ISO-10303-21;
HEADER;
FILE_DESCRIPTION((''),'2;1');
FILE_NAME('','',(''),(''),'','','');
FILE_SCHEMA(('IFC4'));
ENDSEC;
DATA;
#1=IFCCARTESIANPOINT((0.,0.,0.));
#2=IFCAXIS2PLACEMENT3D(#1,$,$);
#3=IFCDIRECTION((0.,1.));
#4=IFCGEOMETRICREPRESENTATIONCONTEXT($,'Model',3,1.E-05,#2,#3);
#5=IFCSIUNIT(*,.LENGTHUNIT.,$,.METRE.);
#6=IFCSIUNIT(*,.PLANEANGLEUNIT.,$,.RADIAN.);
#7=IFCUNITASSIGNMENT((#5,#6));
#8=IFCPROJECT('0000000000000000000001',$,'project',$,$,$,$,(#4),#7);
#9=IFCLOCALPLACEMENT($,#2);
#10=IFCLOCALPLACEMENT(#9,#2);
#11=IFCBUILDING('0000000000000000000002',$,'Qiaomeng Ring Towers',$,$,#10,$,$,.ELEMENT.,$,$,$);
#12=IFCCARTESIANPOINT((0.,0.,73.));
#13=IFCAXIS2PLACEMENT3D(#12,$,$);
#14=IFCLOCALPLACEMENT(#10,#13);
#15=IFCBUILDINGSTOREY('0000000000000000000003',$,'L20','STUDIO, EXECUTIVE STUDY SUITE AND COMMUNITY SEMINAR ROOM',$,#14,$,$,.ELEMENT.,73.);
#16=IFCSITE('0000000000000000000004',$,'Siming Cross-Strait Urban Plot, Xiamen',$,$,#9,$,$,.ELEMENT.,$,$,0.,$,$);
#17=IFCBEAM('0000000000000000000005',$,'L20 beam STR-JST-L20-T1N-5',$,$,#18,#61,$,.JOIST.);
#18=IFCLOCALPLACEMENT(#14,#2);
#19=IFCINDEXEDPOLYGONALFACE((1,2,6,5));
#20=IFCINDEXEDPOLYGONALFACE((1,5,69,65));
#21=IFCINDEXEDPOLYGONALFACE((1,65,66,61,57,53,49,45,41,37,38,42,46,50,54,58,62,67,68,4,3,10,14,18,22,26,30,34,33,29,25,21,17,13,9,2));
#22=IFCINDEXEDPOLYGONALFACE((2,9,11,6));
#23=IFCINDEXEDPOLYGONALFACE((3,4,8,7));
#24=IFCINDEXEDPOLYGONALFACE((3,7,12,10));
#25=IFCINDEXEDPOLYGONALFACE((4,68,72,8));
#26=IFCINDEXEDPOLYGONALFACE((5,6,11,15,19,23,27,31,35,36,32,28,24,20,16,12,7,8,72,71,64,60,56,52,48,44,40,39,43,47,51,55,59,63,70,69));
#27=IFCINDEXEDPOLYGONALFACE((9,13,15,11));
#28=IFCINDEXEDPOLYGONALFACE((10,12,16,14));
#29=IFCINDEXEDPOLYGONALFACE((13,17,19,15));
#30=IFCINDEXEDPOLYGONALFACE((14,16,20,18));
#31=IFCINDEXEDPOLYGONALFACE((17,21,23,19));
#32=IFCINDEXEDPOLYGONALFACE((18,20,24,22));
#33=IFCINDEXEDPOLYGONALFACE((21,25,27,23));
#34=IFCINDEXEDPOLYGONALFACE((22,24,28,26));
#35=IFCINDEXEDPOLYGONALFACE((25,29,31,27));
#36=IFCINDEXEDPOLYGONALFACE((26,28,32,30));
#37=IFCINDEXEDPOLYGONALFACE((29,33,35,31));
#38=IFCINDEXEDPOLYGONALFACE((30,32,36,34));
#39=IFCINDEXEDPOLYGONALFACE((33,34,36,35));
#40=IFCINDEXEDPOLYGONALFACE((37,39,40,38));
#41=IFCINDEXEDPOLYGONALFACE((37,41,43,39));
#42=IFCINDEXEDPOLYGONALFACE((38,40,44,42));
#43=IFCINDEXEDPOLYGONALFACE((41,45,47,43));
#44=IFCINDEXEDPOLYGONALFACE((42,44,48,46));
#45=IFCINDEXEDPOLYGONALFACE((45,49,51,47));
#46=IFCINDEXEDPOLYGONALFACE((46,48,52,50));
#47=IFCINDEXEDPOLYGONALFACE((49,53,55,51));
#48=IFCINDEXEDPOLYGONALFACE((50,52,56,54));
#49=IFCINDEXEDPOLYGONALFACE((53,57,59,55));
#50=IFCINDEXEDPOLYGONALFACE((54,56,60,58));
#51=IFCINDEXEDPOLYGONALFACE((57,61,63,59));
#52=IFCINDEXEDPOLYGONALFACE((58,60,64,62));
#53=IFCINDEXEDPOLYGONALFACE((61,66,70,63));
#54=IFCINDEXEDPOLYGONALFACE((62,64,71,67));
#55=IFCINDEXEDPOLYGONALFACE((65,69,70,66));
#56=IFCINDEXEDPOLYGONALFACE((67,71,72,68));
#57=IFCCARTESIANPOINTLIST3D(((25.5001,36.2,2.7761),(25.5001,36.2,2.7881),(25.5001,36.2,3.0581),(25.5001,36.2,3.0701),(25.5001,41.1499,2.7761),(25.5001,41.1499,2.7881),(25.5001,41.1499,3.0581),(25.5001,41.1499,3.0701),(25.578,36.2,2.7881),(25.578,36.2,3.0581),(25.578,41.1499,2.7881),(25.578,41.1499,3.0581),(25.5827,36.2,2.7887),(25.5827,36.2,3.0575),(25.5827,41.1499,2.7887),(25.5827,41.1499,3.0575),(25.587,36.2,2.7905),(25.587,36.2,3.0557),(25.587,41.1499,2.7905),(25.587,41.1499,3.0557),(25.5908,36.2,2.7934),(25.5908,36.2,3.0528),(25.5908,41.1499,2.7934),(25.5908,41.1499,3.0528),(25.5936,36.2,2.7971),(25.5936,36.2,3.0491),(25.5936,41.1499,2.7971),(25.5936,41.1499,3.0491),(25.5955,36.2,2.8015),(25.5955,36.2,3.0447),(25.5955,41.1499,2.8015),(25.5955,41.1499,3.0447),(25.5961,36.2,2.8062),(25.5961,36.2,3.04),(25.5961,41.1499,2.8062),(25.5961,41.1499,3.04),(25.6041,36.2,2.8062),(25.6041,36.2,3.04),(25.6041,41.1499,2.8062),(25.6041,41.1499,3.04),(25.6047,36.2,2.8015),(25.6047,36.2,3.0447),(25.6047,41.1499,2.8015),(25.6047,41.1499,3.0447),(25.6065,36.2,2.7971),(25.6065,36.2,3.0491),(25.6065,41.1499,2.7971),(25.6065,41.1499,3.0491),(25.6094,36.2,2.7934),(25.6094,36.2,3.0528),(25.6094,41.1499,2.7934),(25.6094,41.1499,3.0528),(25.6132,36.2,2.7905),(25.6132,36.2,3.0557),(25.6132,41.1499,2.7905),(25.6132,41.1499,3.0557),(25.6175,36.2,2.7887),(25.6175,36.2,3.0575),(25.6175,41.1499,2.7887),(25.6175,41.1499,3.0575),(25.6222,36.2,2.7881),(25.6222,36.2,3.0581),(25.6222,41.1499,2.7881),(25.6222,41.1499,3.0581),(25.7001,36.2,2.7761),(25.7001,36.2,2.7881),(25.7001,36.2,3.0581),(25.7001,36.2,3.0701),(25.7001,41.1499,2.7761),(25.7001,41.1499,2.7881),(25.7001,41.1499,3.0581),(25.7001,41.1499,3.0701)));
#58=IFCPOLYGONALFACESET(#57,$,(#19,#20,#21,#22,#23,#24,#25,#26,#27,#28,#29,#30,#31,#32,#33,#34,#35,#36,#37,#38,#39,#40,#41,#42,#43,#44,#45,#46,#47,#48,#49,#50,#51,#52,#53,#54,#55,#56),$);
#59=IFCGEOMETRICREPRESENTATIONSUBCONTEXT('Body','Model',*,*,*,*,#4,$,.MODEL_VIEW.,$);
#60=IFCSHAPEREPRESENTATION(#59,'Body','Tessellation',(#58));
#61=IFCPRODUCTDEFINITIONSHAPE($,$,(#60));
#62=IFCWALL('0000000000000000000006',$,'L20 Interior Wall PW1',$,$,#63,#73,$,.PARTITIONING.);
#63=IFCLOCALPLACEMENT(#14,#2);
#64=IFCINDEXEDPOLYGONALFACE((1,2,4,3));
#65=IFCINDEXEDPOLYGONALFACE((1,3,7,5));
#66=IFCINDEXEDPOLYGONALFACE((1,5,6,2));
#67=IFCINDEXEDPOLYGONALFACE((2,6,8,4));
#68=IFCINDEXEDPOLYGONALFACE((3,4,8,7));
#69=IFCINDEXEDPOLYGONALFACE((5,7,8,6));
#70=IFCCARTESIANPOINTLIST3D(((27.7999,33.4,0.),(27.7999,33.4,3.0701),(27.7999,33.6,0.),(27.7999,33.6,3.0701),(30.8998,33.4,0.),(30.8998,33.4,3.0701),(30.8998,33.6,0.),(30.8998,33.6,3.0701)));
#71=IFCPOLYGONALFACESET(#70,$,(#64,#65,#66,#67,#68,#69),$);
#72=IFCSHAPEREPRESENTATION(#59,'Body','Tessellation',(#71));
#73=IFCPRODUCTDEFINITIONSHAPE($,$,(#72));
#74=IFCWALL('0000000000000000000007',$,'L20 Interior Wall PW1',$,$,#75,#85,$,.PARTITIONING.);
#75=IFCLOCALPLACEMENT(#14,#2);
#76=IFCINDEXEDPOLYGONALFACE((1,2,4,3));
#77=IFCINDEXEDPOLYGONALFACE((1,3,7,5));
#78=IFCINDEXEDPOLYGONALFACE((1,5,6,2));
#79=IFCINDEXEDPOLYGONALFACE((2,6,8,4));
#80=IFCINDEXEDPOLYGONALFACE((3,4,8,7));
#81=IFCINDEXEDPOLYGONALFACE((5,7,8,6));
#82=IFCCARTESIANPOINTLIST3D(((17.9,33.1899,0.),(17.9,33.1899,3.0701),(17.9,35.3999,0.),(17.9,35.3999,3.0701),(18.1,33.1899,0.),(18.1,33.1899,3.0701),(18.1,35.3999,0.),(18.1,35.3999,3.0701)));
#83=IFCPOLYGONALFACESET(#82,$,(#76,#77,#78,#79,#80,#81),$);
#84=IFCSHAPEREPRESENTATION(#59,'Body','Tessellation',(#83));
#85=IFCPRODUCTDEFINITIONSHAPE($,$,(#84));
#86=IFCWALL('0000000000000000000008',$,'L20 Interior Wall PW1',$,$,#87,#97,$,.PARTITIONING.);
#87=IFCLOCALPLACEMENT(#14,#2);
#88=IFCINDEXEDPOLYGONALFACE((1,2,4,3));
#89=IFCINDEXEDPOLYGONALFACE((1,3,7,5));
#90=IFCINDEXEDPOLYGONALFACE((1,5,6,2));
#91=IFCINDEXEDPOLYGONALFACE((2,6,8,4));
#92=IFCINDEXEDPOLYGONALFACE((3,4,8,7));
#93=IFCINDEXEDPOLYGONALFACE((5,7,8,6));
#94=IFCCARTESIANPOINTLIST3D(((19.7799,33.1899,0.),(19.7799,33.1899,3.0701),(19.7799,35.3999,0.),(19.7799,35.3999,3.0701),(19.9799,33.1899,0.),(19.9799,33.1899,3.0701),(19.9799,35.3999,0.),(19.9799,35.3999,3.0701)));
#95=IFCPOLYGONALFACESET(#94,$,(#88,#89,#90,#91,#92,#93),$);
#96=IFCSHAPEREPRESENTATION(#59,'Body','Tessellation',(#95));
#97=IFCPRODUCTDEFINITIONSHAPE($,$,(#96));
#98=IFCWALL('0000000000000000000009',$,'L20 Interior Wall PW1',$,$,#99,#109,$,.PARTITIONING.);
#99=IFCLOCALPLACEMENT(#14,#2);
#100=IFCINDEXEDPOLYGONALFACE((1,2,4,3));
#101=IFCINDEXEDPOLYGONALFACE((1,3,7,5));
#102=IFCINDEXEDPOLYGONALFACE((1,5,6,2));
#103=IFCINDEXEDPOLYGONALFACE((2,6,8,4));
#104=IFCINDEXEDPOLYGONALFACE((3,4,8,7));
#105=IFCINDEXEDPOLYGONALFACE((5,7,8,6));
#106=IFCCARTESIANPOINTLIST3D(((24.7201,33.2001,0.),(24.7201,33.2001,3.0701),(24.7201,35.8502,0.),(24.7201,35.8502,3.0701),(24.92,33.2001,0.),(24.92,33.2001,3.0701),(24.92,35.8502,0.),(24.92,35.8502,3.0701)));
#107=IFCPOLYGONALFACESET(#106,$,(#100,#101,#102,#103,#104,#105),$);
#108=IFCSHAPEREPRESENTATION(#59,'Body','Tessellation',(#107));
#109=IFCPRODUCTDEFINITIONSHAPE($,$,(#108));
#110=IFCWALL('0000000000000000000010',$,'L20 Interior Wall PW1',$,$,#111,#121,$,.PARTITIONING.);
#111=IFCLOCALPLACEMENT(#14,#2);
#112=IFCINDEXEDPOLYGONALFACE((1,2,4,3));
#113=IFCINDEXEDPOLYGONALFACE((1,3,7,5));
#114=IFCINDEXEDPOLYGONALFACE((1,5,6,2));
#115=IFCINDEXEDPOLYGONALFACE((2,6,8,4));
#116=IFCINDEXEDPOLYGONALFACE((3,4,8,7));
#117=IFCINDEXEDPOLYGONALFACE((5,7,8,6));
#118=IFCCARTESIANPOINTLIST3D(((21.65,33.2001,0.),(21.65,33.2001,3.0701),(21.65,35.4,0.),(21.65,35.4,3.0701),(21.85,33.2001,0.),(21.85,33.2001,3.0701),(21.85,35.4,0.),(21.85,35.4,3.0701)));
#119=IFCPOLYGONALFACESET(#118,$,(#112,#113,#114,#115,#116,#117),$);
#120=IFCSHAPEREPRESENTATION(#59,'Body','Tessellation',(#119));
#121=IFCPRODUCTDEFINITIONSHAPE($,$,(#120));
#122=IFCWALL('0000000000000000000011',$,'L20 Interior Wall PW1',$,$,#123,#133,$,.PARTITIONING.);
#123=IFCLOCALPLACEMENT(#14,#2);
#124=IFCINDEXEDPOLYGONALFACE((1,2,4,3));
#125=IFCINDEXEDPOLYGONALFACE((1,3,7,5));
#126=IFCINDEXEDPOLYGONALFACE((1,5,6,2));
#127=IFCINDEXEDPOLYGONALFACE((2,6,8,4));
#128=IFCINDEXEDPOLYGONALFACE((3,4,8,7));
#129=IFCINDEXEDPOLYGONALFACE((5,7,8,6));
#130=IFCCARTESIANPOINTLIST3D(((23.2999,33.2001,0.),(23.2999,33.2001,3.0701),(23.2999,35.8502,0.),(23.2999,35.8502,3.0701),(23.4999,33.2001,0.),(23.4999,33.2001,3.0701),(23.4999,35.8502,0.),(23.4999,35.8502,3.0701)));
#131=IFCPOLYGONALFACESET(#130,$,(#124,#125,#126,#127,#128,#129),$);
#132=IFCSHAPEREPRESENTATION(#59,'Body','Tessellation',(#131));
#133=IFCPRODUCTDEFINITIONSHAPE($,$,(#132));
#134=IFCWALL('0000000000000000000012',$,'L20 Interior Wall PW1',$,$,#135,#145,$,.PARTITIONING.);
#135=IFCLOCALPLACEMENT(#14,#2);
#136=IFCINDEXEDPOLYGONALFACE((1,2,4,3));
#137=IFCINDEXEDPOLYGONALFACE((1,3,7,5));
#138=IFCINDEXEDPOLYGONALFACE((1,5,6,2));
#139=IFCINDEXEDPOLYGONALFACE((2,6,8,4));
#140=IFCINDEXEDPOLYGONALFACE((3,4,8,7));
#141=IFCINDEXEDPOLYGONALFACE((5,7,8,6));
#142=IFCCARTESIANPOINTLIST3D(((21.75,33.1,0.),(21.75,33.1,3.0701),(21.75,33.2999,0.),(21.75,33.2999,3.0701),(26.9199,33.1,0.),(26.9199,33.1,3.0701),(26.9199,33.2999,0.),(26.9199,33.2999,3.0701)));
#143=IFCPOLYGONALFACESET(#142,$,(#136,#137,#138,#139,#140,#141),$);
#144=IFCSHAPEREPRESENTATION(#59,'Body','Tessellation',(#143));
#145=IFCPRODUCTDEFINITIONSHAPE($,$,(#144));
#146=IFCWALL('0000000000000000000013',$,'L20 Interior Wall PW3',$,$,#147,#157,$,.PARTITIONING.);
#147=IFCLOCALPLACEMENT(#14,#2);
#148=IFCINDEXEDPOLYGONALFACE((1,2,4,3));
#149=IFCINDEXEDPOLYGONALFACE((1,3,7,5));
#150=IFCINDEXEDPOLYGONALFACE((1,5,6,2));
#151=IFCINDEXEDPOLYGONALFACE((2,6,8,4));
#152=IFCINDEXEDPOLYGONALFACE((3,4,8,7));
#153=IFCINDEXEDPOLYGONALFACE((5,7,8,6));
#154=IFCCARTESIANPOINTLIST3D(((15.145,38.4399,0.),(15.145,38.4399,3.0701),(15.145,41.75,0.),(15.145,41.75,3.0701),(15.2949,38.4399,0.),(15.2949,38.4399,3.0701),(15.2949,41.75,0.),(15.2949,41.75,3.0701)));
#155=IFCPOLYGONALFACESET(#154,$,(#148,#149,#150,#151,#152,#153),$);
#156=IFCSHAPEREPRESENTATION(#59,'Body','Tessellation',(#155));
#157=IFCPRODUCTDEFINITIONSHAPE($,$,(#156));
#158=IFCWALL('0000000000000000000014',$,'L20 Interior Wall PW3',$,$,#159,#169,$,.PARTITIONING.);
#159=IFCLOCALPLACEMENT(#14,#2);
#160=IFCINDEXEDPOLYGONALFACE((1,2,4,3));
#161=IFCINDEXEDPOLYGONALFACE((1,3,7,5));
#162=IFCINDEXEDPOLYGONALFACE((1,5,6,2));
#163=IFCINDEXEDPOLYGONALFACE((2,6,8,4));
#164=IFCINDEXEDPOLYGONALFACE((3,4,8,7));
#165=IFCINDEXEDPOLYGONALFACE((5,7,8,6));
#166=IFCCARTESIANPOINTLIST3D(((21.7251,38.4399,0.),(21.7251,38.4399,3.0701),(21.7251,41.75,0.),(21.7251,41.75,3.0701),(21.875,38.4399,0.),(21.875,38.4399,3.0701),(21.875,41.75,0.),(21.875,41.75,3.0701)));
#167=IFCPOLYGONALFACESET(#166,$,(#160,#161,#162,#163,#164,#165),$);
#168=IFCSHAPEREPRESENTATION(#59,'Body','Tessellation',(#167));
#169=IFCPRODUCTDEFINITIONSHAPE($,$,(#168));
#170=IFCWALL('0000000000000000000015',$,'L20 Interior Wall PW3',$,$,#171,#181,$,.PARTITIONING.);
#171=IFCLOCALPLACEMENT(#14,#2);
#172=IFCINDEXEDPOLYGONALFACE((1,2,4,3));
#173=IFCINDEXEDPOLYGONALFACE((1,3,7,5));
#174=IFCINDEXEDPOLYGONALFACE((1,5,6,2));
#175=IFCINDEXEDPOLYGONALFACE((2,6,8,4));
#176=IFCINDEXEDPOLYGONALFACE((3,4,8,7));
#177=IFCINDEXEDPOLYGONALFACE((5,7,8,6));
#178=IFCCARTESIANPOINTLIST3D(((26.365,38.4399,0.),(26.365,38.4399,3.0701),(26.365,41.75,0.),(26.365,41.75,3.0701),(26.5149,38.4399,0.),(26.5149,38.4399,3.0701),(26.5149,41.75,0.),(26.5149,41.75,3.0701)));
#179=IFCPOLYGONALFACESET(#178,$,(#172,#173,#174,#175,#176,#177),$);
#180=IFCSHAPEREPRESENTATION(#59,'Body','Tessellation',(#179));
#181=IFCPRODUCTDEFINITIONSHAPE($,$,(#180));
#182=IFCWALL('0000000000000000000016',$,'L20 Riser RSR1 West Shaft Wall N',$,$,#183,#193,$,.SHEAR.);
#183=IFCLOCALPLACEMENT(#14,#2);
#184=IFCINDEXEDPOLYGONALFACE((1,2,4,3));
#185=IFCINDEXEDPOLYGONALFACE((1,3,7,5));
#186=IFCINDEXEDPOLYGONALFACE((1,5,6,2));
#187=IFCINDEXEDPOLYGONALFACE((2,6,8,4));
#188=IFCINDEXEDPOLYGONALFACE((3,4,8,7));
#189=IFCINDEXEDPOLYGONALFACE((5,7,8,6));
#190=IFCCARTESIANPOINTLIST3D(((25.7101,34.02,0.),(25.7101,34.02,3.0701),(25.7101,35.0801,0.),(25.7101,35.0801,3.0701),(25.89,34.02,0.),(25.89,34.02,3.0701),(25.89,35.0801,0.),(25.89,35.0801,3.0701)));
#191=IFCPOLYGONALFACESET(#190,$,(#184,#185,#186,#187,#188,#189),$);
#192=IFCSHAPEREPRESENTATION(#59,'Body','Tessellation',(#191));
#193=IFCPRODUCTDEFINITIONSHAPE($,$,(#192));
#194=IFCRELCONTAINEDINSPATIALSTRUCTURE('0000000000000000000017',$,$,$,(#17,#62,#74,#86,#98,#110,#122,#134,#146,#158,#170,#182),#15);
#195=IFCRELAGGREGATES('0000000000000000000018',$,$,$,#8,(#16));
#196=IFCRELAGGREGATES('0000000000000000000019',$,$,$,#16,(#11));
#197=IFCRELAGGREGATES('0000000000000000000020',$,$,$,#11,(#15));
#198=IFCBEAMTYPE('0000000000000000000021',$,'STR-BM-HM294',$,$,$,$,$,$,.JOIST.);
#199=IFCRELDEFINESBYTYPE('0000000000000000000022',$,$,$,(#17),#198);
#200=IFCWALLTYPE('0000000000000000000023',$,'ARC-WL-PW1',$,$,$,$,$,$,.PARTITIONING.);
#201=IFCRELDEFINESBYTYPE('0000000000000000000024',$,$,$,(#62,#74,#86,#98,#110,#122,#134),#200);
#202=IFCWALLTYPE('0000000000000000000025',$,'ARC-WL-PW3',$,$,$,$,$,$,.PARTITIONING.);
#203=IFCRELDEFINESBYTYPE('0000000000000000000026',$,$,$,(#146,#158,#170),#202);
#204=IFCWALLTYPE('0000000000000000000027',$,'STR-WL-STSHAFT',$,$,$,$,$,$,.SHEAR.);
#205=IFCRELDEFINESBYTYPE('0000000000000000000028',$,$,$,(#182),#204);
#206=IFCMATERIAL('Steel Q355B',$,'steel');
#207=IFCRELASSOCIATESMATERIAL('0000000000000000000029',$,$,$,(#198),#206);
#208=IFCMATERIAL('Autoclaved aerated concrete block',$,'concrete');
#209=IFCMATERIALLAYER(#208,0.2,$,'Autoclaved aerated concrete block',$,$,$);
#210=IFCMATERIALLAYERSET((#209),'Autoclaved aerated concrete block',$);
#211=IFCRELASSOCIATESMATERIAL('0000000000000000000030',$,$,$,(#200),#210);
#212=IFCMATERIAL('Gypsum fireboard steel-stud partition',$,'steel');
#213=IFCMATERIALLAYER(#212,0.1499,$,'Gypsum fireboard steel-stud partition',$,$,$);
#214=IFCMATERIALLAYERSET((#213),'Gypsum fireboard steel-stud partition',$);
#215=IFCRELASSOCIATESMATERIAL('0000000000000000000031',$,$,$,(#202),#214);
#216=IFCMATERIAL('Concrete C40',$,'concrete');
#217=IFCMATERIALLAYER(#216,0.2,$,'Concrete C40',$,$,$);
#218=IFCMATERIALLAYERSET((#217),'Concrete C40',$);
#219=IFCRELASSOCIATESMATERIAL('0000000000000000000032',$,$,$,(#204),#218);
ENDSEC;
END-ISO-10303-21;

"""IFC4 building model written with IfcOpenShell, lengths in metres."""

from ifc_helpers import new_model, si_unit, direction, frame, frame_2d, origin, origin_2d, place, context, subcontext, project, spatial, rectangle, i_section, extrude, source, transform, mapped, material, layer, layer_set, material_profile, profile_set, type_object, element, save


model = new_model("IFC4")

# Units and contexts
model_context = context("Model", 3, precision=1e-05, world=origin(), true_north=direction((0.0, 1.0)))
body_context = subcontext(model_context, "Body", "Model", "MODEL_VIEW")
ifc_project = project(units=[si_unit("LENGTHUNIT", "METRE"), si_unit("PLANEANGLEUNIT", "RADIAN")], contexts=[model_context])

# Site, building, storey
site_placement = place(None, origin())
site = spatial("IfcSite", under=ifc_project, at=site_placement, Name="Siming Cross-Strait Urban Plot, Xiamen", CompositionType="ELEMENT", RefElevation=0.0)
building_placement = place(site_placement, origin())
building = spatial("IfcBuilding", under=site, at=building_placement, Name="Qiaomeng Ring Towers", CompositionType="ELEMENT")
storey_placement = place(building_placement, frame((0.0, 0.0, 73.0)))
storey = spatial("IfcBuildingStorey", under=building, at=storey_placement, Name="L20", Description="STUDIO, EXECUTIVE STUDY SUITE AND COMMUNITY SEMINAR ROOM", CompositionType="ELEMENT", Elevation=73.0)

# Beam
ifc_material_1 = material(Name="Steel Q355B", Category="steel")
ifc_material_profile_1 = material_profile(ifc_material_1, i_section(OverallWidth=0.2, OverallDepth=0.2939, WebThickness=0.0081, FlangeThickness=0.012, FilletRadius=0.0181, at=origin_2d()), Name="HM 294x200x8x12")
ifc_profile_set_1 = profile_set([ifc_material_profile_1], Name="Steel Q355B")
beam_type_1 = type_object("IfcBeamType", Name="STR-BM-HM294", PredefinedType="JOIST", material=ifc_profile_set_1)
shared_shape_1 = source(origin(), body_context, "Body", "SweptSolid", [
    extrude(i_section(OverallWidth=0.2, OverallDepth=0.2939, WebThickness=0.0081, FlangeThickness=0.012, FilletRadius=0.0181, at=origin_2d()), origin(), (0.0, 0.0, 1.0), 4.95),
])
for number, where, z_axis, x_axis, name in (
    (1, (25.6001, 36.2, 2.9231), (0.0, 1.0, 0.0), (-1.0, 0.0, 0.0), "L20 beam STR-JST-L20-T1N-5"),
):
    element("IfcBeam", number, at=place(storey_placement, frame(where, z_axis=z_axis, x_axis=x_axis)), inside=storey, type_object=beam_type_1, Name=name, PredefinedType="JOIST", context=body_context, shape_type="MappedRepresentation", body=[
        mapped(shared_shape_1, transform((0.0, 0.0, 0.0), x_axis=(1.0, 0.0, 0.0), y_axis=(0.0, 1.0, 0.0), z_axis=(0.0, 0.0, 1.0), scale=1.0)),
    ])

# Walls
ifc_material_2 = material(Name="Autoclaved aerated concrete block", Category="concrete")
ifc_layer_1 = layer(ifc_material_2, 0.2, Name="Autoclaved aerated concrete block")
ifc_layer_set_1 = layer_set([ifc_layer_1], Name="Autoclaved aerated concrete block")
wall_type_1 = type_object("IfcWallType", Name="ARC-WL-PW1", PredefinedType="PARTITIONING", material=ifc_layer_set_1)
wall_1_placement = place(storey_placement, frame((27.8, 33.5, 0.0), z_axis=(0.0, 0.0, 1.0), x_axis=(1.0, 0.0, 0.0)))
element("IfcWall", 2, at=wall_1_placement, inside=storey, type_object=wall_type_1, Name="L20 Interior Wall PW1", PredefinedType="PARTITIONING", context=body_context, shape_type="SweptSolid", body=[
    extrude(rectangle(XDim=3.0999, YDim=0.2, at=frame_2d((1.5498, 0.0))), origin(), (0.0, 0.0, 1.0), 3.0701),
])
for number, where, z_axis, x_axis, name in (
    (3, (18.0, 33.1899, 0.0), (0.0, 0.0, 1.0), (0.0, 1.0, 0.0), "L20 Interior Wall PW1"),
    (4, (19.8799, 33.1899, 0.0), (0.0, 0.0, 1.0), (0.0, 1.0, 0.0), "L20 Interior Wall PW1"),
):
    element("IfcWall", number, at=place(storey_placement, frame(where, z_axis=z_axis, x_axis=x_axis)), inside=storey, type_object=wall_type_1, Name=name, PredefinedType="PARTITIONING", context=body_context, shape_type="SweptSolid", body=[
        extrude(rectangle(XDim=2.21, YDim=0.2, at=frame_2d((1.105, 0.0))), origin(), (0.0, 0.0, 1.0), 3.0701),
    ])
wall_2_placement = place(storey_placement, frame((24.8201, 33.2, 0.0), z_axis=(0.0, 0.0, 1.0), x_axis=(0.0, 1.0, 0.0)))
element("IfcWall", 5, at=wall_2_placement, inside=storey, type_object=wall_type_1, Name="L20 Interior Wall PW1", PredefinedType="PARTITIONING", context=body_context, shape_type="SweptSolid", body=[
    extrude(rectangle(XDim=2.6501, YDim=0.2, at=frame_2d((1.3252, 0.0))), origin(), (0.0, 0.0, 1.0), 3.0701),
])
wall_3_placement = place(storey_placement, frame((21.75, 33.2, 0.0), z_axis=(0.0, 0.0, 1.0), x_axis=(0.0, 1.0, 0.0)))
element("IfcWall", 6, at=wall_3_placement, inside=storey, type_object=wall_type_1, Name="L20 Interior Wall PW1", PredefinedType="PARTITIONING", context=body_context, shape_type="SweptSolid", body=[
    extrude(rectangle(XDim=2.2, YDim=0.2, at=frame_2d((1.1001, 0.0))), origin(), (0.0, 0.0, 1.0), 3.0701),
])
wall_4_placement = place(storey_placement, frame((23.3999, 33.2, 0.0), z_axis=(0.0, 0.0, 1.0), x_axis=(0.0, 1.0, 0.0)))
element("IfcWall", 7, at=wall_4_placement, inside=storey, type_object=wall_type_1, Name="L20 Interior Wall PW1", PredefinedType="PARTITIONING", context=body_context, shape_type="SweptSolid", body=[
    extrude(rectangle(XDim=2.6501, YDim=0.2, at=frame_2d((1.3252, 0.0))), origin(), (0.0, 0.0, 1.0), 3.0701),
])
wall_5_placement = place(storey_placement, frame((21.75, 33.2, 0.0), z_axis=(0.0, 0.0, 1.0), x_axis=(1.0, 0.0, 0.0)))
element("IfcWall", 8, at=wall_5_placement, inside=storey, type_object=wall_type_1, Name="L20 Interior Wall PW1", PredefinedType="PARTITIONING", context=body_context, shape_type="SweptSolid", body=[
    extrude(rectangle(XDim=5.1699, YDim=0.2, at=frame_2d((2.585, 0.0))), origin(), (0.0, 0.0, 1.0), 3.0701),
])
ifc_material_3 = material(Name="Gypsum fireboard steel-stud partition", Category="steel")
ifc_layer_2 = layer(ifc_material_3, 0.1499, Name="Gypsum fireboard steel-stud partition")
ifc_layer_set_2 = layer_set([ifc_layer_2], Name="Gypsum fireboard steel-stud partition")
wall_type_2 = type_object("IfcWallType", Name="ARC-WL-PW3", PredefinedType="PARTITIONING", material=ifc_layer_set_2)
for number, where, z_axis, x_axis, name in (
    (9, (15.22, 38.4399, 0.0), (0.0, 0.0, 1.0), (0.0, 1.0, 0.0), "L20 Interior Wall PW3"),
    (10, (21.8, 38.4399, 0.0), (0.0, 0.0, 1.0), (0.0, 1.0, 0.0), "L20 Interior Wall PW3"),
    (11, (26.4399, 38.4399, 0.0), (0.0, 0.0, 1.0), (0.0, 1.0, 0.0), "L20 Interior Wall PW3"),
):
    element("IfcWall", number, at=place(storey_placement, frame(where, z_axis=z_axis, x_axis=x_axis)), inside=storey, type_object=wall_type_2, Name=name, PredefinedType="PARTITIONING", context=body_context, shape_type="SweptSolid", body=[
        extrude(rectangle(XDim=3.3101, YDim=0.1499, at=frame_2d((1.655, 0.0))), origin(), (0.0, 0.0, 1.0), 3.0701),
    ])
ifc_material_4 = material(Name="Concrete C40", Category="concrete")
ifc_layer_3 = layer(ifc_material_4, 0.2, Name="Concrete C40")
ifc_layer_set_3 = layer_set([ifc_layer_3], Name="Concrete C40")
wall_type_3 = type_object("IfcWallType", Name="STR-WL-STSHAFT", PredefinedType="SHEAR", material=ifc_layer_set_3)
wall_6_placement = place(storey_placement, frame((25.8, 34.02, 0.0), z_axis=(0.0, 0.0, 1.0), x_axis=(0.0, 1.0, 0.0)))
element("IfcWall", 12, at=wall_6_placement, inside=storey, type_object=wall_type_3, Name="L20 Riser RSR1 West Shaft Wall N", PredefinedType="SHEAR", context=body_context, shape_type="SweptSolid", body=[
    extrude(rectangle(XDim=1.0601, YDim=0.1799, at=frame_2d((0.53, 0.0))), origin(), (0.0, 0.0, 1.0), 3.0701),
])

save(model, "model.ifc")
